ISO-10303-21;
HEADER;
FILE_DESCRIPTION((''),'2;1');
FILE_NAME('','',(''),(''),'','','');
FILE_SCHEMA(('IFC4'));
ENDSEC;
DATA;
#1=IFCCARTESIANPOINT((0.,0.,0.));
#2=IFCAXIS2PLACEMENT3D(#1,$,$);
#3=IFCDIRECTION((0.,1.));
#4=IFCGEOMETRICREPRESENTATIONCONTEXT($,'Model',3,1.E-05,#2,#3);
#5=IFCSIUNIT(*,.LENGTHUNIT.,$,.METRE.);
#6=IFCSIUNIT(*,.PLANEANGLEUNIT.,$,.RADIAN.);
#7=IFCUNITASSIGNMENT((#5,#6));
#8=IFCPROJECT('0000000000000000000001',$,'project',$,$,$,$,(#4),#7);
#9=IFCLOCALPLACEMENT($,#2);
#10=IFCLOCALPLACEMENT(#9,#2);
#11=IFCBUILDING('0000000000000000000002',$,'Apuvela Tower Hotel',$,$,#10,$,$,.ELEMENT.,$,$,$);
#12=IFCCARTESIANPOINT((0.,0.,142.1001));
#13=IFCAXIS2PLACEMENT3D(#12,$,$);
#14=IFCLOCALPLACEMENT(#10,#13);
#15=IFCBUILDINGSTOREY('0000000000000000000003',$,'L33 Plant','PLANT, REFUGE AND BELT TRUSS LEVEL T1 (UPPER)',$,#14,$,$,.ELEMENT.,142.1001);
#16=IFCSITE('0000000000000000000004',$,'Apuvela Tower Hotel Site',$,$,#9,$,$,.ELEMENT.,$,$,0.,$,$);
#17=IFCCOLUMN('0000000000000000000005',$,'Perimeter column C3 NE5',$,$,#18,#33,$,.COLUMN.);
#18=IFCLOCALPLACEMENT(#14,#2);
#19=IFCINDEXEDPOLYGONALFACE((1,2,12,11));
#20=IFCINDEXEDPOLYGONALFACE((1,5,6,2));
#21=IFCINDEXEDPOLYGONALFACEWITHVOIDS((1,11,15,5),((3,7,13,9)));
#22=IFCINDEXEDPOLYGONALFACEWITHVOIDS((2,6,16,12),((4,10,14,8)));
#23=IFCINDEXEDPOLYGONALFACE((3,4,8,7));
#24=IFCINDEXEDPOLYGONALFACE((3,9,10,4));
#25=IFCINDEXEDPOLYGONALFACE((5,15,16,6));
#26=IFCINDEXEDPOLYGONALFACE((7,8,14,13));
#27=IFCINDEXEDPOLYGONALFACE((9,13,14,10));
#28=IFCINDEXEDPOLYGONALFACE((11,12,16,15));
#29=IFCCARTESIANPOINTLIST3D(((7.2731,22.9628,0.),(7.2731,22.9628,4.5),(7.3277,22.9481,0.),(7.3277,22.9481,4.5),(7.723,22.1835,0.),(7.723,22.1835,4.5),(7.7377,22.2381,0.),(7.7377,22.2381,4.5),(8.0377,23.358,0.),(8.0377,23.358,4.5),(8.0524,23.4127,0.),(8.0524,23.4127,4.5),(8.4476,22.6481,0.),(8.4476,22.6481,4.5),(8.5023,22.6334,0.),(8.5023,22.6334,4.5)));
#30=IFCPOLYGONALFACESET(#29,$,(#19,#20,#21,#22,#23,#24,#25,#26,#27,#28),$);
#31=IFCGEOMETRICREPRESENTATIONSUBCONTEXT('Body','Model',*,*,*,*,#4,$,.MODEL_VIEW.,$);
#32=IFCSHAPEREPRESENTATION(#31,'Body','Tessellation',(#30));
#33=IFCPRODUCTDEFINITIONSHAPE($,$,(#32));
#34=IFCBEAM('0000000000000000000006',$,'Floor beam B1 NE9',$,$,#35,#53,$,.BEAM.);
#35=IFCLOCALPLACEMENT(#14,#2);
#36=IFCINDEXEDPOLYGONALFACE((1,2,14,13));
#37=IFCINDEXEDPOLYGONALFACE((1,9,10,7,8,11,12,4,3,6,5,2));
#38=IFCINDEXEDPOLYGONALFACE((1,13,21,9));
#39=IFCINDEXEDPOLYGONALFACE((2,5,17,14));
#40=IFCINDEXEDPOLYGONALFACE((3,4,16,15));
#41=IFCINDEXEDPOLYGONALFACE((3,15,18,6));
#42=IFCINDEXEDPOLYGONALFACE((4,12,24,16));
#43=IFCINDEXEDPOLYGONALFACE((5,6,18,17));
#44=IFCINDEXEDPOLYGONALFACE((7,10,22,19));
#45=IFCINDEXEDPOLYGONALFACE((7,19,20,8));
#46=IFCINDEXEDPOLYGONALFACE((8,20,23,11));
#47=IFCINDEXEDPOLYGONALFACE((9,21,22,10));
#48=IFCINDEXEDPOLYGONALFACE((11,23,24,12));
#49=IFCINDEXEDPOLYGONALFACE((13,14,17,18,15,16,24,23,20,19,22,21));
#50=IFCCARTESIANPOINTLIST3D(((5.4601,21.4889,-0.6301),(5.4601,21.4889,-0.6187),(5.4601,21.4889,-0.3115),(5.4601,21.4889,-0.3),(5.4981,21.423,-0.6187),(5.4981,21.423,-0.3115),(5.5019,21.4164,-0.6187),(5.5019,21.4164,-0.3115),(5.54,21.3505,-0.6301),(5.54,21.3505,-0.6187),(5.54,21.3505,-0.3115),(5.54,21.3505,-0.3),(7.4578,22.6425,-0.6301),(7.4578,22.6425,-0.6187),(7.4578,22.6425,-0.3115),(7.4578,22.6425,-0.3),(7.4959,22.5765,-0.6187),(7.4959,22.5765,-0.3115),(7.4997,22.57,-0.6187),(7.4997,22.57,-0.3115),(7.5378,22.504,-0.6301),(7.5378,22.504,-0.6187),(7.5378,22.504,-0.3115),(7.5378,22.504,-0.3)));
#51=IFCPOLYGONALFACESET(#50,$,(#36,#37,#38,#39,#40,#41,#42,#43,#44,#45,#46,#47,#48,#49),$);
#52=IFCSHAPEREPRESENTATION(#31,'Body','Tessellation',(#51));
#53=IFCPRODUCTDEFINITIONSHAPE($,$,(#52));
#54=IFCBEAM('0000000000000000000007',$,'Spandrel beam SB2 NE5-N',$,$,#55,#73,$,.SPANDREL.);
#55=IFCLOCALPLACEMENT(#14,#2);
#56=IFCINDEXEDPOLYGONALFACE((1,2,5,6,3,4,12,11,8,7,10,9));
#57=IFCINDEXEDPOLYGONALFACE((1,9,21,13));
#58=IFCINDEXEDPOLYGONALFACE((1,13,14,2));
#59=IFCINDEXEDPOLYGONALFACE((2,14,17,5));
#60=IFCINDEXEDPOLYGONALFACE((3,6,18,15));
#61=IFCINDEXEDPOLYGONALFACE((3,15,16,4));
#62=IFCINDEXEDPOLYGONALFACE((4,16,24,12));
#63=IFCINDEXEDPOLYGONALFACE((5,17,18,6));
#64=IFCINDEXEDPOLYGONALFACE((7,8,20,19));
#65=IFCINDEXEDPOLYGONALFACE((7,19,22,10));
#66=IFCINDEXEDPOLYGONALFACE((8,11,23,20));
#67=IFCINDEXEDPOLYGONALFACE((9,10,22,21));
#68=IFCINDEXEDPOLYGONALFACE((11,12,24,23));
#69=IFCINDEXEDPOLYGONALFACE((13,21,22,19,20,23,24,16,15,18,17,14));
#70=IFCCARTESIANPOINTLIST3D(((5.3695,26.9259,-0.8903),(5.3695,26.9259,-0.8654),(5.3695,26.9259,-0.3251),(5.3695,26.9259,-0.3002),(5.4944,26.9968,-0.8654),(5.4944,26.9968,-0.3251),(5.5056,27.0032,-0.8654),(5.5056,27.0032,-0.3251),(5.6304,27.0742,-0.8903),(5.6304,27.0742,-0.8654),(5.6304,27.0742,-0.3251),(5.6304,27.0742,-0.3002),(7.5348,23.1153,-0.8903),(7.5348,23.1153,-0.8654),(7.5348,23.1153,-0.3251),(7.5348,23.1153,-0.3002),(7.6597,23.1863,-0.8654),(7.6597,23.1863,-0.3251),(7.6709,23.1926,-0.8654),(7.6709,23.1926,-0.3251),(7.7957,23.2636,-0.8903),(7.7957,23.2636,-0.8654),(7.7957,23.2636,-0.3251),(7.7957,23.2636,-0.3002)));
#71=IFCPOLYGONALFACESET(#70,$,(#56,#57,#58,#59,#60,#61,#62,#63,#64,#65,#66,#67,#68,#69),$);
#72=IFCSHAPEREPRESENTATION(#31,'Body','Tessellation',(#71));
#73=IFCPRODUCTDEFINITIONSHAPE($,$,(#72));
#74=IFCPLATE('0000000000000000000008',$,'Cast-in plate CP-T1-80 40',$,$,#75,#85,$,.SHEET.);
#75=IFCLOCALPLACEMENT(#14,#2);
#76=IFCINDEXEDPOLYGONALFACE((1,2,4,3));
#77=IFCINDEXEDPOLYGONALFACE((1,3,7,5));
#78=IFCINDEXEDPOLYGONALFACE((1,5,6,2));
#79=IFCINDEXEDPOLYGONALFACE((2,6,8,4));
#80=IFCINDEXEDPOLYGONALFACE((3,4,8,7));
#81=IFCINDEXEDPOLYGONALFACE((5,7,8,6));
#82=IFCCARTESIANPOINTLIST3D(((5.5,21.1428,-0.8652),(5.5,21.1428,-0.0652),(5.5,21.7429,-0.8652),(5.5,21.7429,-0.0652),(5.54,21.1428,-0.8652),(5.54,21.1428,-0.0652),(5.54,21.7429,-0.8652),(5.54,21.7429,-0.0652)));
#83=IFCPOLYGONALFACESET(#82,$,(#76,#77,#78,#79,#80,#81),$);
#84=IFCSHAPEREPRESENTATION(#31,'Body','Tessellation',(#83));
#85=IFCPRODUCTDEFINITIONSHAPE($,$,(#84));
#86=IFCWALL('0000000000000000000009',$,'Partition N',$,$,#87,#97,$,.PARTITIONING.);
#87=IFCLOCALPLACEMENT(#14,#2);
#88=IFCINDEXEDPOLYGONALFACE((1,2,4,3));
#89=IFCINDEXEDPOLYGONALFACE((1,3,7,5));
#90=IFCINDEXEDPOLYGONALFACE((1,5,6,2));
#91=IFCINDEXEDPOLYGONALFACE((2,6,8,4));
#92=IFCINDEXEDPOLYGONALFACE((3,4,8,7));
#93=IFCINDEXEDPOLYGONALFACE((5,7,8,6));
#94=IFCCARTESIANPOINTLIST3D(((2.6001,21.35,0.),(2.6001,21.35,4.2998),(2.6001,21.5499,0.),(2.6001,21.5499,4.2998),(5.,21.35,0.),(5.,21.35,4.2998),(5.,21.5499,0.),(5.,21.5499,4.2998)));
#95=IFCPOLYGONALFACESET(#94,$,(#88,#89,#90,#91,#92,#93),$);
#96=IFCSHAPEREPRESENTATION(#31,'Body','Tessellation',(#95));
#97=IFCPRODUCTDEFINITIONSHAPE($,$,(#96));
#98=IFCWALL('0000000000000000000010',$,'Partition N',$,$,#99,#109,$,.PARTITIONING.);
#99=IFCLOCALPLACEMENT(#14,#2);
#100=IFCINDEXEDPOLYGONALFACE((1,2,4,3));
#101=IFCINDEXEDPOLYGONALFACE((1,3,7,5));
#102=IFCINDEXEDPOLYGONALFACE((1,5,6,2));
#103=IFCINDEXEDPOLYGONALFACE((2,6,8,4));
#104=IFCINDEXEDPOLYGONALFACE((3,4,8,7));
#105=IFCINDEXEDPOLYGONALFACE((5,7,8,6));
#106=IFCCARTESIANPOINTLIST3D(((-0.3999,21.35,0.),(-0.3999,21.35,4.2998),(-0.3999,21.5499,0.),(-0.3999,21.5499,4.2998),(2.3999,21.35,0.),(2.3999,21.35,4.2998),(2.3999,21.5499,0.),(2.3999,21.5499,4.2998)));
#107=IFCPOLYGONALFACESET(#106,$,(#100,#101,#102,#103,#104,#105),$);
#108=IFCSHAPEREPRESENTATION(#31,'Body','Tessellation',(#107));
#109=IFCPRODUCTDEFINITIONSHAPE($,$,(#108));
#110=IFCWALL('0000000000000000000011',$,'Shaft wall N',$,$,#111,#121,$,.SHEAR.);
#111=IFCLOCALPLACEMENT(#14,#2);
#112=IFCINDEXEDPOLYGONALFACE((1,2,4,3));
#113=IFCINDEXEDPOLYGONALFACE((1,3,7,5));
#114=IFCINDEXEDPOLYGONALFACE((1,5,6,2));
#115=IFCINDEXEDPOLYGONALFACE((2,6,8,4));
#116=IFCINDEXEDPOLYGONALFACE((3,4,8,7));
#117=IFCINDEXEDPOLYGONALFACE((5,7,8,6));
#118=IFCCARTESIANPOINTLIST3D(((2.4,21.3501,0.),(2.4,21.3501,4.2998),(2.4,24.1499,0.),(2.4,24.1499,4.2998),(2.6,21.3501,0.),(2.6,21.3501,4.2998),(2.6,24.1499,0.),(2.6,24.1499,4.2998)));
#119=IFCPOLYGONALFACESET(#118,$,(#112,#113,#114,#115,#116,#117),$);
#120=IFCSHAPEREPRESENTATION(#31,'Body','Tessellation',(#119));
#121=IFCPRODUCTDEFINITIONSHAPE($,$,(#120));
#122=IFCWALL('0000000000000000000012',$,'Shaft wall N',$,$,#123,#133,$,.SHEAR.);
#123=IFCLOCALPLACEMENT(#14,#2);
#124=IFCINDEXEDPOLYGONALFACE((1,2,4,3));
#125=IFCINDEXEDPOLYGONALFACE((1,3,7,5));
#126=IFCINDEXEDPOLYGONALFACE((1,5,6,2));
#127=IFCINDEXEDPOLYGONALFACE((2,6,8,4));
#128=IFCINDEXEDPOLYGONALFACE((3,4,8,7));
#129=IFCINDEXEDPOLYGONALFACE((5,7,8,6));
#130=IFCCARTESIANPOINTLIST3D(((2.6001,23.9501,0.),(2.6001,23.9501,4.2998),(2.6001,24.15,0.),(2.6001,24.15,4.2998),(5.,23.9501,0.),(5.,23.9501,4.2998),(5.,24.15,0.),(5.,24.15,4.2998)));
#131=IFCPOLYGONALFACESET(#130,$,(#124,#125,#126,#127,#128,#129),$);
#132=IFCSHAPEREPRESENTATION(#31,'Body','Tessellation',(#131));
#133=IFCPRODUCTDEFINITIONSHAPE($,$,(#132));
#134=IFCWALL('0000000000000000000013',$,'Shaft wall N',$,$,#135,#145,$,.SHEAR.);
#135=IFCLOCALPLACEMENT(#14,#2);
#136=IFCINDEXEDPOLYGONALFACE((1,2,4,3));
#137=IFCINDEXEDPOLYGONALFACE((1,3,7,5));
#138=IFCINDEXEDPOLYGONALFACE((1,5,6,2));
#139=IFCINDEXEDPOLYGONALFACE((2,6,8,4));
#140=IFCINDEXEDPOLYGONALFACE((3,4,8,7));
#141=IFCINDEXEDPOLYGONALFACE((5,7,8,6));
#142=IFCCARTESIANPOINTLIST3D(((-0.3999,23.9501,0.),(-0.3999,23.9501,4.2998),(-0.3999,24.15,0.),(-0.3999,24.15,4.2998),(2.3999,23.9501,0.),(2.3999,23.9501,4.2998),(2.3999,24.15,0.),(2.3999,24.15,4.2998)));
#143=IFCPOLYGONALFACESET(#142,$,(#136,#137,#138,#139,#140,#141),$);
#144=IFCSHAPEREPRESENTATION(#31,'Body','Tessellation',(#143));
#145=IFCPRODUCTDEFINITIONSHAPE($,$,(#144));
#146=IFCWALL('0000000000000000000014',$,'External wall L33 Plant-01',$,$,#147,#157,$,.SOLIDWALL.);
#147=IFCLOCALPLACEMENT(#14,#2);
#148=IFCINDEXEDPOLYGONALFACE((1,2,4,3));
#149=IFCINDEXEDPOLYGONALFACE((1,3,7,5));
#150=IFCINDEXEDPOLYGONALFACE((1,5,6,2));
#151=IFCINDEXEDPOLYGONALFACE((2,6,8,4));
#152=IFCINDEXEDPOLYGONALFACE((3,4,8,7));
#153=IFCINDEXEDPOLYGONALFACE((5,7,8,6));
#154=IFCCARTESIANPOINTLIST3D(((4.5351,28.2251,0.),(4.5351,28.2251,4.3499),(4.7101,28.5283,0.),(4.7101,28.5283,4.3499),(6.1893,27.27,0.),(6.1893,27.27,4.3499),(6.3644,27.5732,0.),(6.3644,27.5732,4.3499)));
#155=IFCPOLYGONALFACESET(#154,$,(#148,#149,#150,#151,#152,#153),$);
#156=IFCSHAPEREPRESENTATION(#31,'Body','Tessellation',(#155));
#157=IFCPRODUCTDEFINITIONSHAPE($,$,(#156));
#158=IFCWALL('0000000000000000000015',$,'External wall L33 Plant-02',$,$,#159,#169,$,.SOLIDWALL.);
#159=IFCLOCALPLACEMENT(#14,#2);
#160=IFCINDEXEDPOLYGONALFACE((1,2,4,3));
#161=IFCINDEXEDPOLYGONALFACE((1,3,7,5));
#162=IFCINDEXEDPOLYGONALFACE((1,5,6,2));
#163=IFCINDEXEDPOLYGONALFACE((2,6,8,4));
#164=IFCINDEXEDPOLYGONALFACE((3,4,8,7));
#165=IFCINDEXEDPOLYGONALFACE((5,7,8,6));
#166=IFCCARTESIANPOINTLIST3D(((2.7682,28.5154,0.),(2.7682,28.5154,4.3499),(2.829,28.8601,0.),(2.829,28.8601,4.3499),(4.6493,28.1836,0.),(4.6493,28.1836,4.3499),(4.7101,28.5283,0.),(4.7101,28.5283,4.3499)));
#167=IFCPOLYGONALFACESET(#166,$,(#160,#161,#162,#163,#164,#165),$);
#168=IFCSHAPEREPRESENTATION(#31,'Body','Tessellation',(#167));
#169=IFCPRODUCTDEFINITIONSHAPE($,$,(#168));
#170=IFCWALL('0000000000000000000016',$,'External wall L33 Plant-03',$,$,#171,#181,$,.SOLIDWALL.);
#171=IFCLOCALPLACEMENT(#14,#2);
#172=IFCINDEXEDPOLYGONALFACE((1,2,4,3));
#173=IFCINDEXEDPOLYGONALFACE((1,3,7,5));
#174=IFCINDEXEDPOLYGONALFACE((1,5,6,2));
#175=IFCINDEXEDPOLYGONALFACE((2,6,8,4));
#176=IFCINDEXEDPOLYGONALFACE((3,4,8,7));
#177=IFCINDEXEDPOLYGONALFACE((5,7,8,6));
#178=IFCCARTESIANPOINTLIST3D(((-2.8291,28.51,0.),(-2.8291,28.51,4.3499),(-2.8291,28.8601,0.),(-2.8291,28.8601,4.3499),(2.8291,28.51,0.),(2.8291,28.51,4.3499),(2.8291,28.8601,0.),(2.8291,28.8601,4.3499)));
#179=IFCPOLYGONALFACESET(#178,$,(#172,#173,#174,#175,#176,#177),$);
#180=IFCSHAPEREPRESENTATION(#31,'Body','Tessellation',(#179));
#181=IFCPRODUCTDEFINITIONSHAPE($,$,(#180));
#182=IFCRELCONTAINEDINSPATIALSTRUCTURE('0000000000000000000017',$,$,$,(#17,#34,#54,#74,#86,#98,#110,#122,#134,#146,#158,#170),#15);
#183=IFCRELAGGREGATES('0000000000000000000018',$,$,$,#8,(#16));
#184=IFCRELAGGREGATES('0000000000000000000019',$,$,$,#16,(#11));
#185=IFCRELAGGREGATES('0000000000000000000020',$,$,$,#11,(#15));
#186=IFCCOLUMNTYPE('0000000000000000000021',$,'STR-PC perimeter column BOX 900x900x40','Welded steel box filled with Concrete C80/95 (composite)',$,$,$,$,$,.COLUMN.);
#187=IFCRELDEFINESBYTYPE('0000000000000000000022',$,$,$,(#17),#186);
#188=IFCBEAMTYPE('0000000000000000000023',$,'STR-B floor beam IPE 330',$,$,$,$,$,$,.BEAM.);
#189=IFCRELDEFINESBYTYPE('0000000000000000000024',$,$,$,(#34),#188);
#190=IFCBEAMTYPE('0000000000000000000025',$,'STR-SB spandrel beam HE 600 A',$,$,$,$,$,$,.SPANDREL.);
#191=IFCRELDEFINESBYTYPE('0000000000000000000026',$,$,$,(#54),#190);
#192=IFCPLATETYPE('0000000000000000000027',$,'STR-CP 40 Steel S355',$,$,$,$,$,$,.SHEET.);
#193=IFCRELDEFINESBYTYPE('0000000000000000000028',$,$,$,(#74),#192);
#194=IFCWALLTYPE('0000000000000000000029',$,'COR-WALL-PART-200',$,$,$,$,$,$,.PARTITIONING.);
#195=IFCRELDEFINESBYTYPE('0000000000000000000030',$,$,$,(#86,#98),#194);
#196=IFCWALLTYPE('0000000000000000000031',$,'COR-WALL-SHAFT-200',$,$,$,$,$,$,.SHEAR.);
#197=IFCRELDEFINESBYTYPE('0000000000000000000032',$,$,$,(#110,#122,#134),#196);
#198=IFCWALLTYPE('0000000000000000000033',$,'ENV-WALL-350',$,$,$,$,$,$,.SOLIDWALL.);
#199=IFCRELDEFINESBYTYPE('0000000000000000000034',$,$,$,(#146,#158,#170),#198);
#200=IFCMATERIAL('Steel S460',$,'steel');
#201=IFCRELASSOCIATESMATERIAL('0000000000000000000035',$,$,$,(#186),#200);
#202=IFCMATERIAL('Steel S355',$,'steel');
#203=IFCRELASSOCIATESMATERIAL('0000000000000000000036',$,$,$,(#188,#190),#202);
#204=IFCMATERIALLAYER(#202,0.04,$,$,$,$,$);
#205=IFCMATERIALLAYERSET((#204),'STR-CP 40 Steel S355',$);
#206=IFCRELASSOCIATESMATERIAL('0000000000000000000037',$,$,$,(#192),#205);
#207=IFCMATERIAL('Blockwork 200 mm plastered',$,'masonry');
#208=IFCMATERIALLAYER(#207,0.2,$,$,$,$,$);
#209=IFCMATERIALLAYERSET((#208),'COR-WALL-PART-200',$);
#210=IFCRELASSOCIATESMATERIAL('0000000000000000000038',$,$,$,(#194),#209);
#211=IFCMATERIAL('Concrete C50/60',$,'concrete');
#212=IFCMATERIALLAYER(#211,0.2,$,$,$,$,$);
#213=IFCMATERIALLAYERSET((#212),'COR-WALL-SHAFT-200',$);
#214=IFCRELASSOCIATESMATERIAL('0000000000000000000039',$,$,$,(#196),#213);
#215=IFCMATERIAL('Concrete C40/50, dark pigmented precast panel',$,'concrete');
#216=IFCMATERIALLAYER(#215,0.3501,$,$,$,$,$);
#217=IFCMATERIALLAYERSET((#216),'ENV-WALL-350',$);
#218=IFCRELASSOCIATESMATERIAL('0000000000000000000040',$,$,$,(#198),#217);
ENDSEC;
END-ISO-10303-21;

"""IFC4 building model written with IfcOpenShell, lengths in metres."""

from ifc_helpers import new_model, si_unit, direction, frame, frame_2d, origin, origin_2d, place, context, subcontext, project, spatial, rectangle, hollow_rectangle, i_section, extrude, material, layer, layer_set, material_profile, profile_set, type_object, element, save


model = new_model("IFC4")

# Units and contexts
model_context = context("Model", 3, precision=1e-05, world=origin(), true_north=direction((0.0, 1.0)))
body_context = subcontext(model_context, "Body", "Model", "MODEL_VIEW")
ifc_project = project(units=[si_unit("LENGTHUNIT", "METRE"), si_unit("PLANEANGLEUNIT", "RADIAN")], contexts=[model_context])

# Site, building, storey
site_placement = place(None, origin())
site = spatial("IfcSite", under=ifc_project, at=site_placement, Name="Apuvela Tower Hotel Site", CompositionType="ELEMENT", RefElevation=0.0)
building_placement = place(site_placement, origin())
building = spatial("IfcBuilding", under=site, at=building_placement, Name="Apuvela Tower Hotel", CompositionType="ELEMENT")
storey_placement = place(building_placement, frame((0.0, 0.0, 142.1001)))
storey = spatial("IfcBuildingStorey", under=building, at=storey_placement, Name="L33 Plant", Description="PLANT, REFUGE AND BELT TRUSS LEVEL T1 (UPPER)", CompositionType="ELEMENT", Elevation=142.1001)

# Column
ifc_material_1 = material(Name="Steel S460", Category="steel")
ifc_material_profile_1 = material_profile(ifc_material_1, hollow_rectangle(XDim=0.8999, YDim=0.8999, WallThickness=0.04, at=origin_2d()), Name="BOX 900x900x40")
ifc_material_2 = material(Name="Concrete C80/95", Category="concrete")
ifc_material_profile_2 = material_profile(ifc_material_2, rectangle(XDim=0.8201, YDim=0.8201, at=origin_2d()), Name="Concrete C80/95 infill")
ifc_profile_set_1 = profile_set([ifc_material_profile_1, ifc_material_profile_2], Name="Steel S460")
column_type = type_object("IfcColumnType", Name="STR-PC perimeter column BOX 900x900x40", Description="Welded steel box filled with Concrete C80/95 (composite)", PredefinedType="COLUMN", material=ifc_profile_set_1)
column_placement = place(storey_placement, frame((7.8877, 22.7981, 0.0), z_axis=(0.0, 0.0, 1.0), x_axis=(-0.5, 0.866025, 0.0)))
element("IfcColumn", 1, at=column_placement, inside=storey, type_object=column_type, Name="Perimeter column C3 NE5", PredefinedType="COLUMN", context=body_context, shape_type="SweptSolid", body=[
    extrude(hollow_rectangle(XDim=0.8999, YDim=0.8999, WallThickness=0.04, at=origin_2d()), origin(), (0.0, 0.0, 1.0), 4.5),
])

# Beams
ifc_material_3 = material(Name="Steel S355", Category="steel")
ifc_material_profile_3 = material_profile(ifc_material_3, i_section(OverallWidth=0.1599, OverallDepth=0.3301, WebThickness=0.0076, FlangeThickness=0.0115, at=origin_2d()), Name="IPE 330")
ifc_profile_set_2 = profile_set([ifc_material_profile_3], Name="Steel S355")
beam_type_1 = type_object("IfcBeamType", Name="STR-B floor beam IPE 330", PredefinedType="BEAM", material=ifc_profile_set_2)
beam_1_placement = place(storey_placement, frame((7.4978, 22.5732, -0.4651), z_axis=(-0.866001, -0.500043, 0.0), x_axis=(0.500043, -0.866001, 0.0)))
element("IfcBeam", 2, at=beam_1_placement, inside=storey, type_object=beam_type_1, Name="Floor beam B1 NE9", PredefinedType="BEAM", context=body_context, shape_type="SweptSolid", body=[
    extrude(i_section(OverallWidth=0.1599, OverallDepth=0.3301, WebThickness=0.0076, FlangeThickness=0.0115, at=origin_2d()), origin(), (0.0, 0.0, 1.0), 2.3069),
])
ifc_material_profile_4 = material_profile(ifc_material_3, i_section(OverallWidth=0.3, OverallDepth=0.5901, WebThickness=0.0129, FlangeThickness=0.0249, at=origin_2d()), Name="HE 600 A")
ifc_profile_set_3 = profile_set([ifc_material_profile_4], Name="Steel S355")
beam_type_2 = type_object("IfcBeamType", Name="STR-SB spandrel beam HE 600 A", PredefinedType="SPANDREL", material=ifc_profile_set_3)
beam_2_placement = place(storey_placement, frame((7.6653, 23.1895, -0.5952), z_axis=(-0.494044, 0.869437, 0.0), x_axis=(-0.869437, -0.494044, 0.0)))
element("IfcBeam", 3, at=beam_2_placement, inside=storey, type_object=beam_type_2, Name="Spandrel beam SB2 NE5-N", PredefinedType="SPANDREL", context=body_context, shape_type="SweptSolid", body=[
    extrude(i_section(OverallWidth=0.3, OverallDepth=0.5901, WebThickness=0.0129, FlangeThickness=0.0249, at=origin_2d()), origin(), (0.0, 0.0, 1.0), 4.3828),
])

# Plate
ifc_layer_1 = layer(ifc_material_3, 0.04)
ifc_layer_set_1 = layer_set([ifc_layer_1], Name="STR-CP 40 Steel S355")
plate_type = type_object("IfcPlateType", Name="STR-CP 40 Steel S355", PredefinedType="SHEET", material=ifc_layer_set_1)
plate_placement = place(storey_placement, frame((5.52, 21.4429, -0.8652), z_axis=(0.0, 0.0, 1.0), x_axis=(-1.0, 0.0, 0.0)))
element("IfcPlate", 4, at=plate_placement, inside=storey, type_object=plate_type, Name="Cast-in plate CP-T1-80 40", PredefinedType="SHEET", context=body_context, shape_type="SweptSolid", body=[
    extrude(rectangle(XDim=0.04, YDim=0.6001, at=origin_2d()), origin(), (0.0, 0.0, 1.0), 0.8),
])

# Walls
ifc_material_4 = material(Name="Blockwork 200 mm plastered", Category="masonry")
ifc_layer_2 = layer(ifc_material_4, 0.2)
ifc_layer_set_2 = layer_set([ifc_layer_2], Name="COR-WALL-PART-200")
wall_type_1 = type_object("IfcWallType", Name="COR-WALL-PART-200", PredefinedType="PARTITIONING", material=ifc_layer_set_2)
wall_1_placement = place(storey_placement, frame((5.0, 21.45, 0.0), z_axis=(0.0, 0.0, 1.0), x_axis=(-1.0, 0.0, 0.0)))
element("IfcWall", 5, at=wall_1_placement, inside=storey, type_object=wall_type_1, Name="Partition N", PredefinedType="PARTITIONING", context=body_context, shape_type="SweptSolid", body=[
    extrude(rectangle(XDim=2.3999, YDim=0.2, at=frame_2d((1.2, 0.0))), origin(), (0.0, 0.0, 1.0), 4.2998),
])
wall_2_placement = place(storey_placement, frame((2.3999, 21.45, 0.0), z_axis=(0.0, 0.0, 1.0), x_axis=(-1.0, 0.0, 0.0)))
element("IfcWall", 6, at=wall_2_placement, inside=storey, type_object=wall_type_1, Name="Partition N", PredefinedType="PARTITIONING", context=body_context, shape_type="SweptSolid", body=[
    extrude(rectangle(XDim=2.7998, YDim=0.2, at=frame_2d((1.3999, 0.0))), origin(), (0.0, 0.0, 1.0), 4.2998),
])
ifc_material_5 = material(Name="Concrete C50/60", Category="concrete")
ifc_layer_3 = layer(ifc_material_5, 0.2)
ifc_layer_set_3 = layer_set([ifc_layer_3], Name="COR-WALL-SHAFT-200")
wall_type_2 = type_object("IfcWallType", Name="COR-WALL-SHAFT-200", PredefinedType="SHEAR", material=ifc_layer_set_3)
wall_3_placement = place(storey_placement, frame((2.5, 21.3501, 0.0), z_axis=(0.0, 0.0, 1.0), x_axis=(0.0, 1.0, 0.0)))
element("IfcWall", 7, at=wall_3_placement, inside=storey, type_object=wall_type_2, Name="Shaft wall N", PredefinedType="SHEAR", context=body_context, shape_type="SweptSolid", body=[
    extrude(rectangle(XDim=2.7998, YDim=0.2, at=frame_2d((1.3999, 0.0))), origin(), (0.0, 0.0, 1.0), 4.2998),
])
wall_4_placement = place(storey_placement, frame((5.0, 24.05, 0.0), z_axis=(0.0, 0.0, 1.0), x_axis=(-1.0, 0.0, 0.0)))
element("IfcWall", 8, at=wall_4_placement, inside=storey, type_object=wall_type_2, Name="Shaft wall N", PredefinedType="SHEAR", context=body_context, shape_type="SweptSolid", body=[
    extrude(rectangle(XDim=2.3999, YDim=0.2, at=frame_2d((1.2, 0.0))), origin(), (0.0, 0.0, 1.0), 4.2998),
])
wall_5_placement = place(storey_placement, frame((2.3999, 24.05, 0.0), z_axis=(0.0, 0.0, 1.0), x_axis=(-1.0, 0.0, 0.0)))
element("IfcWall", 9, at=wall_5_placement, inside=storey, type_object=wall_type_2, Name="Shaft wall N", PredefinedType="SHEAR", context=body_context, shape_type="SweptSolid", body=[
    extrude(rectangle(XDim=2.7998, YDim=0.2, at=frame_2d((1.3999, 0.0))), origin(), (0.0, 0.0, 1.0), 4.2998),
])
ifc_material_6 = material(Name="Concrete C40/50, dark pigmented precast panel", Category="concrete")
ifc_layer_4 = layer(ifc_material_6, 0.3501)
ifc_layer_set_4 = layer_set([ifc_layer_4], Name="ENV-WALL-350")
wall_type_3 = type_object("IfcWallType", Name="ENV-WALL-350", PredefinedType="SOLIDWALL", material=ifc_layer_set_4)
for number, where, z_axis, x_axis, name in (
    (10, (6.2769, 27.4216, 0.0), (0.0, 0.0, 1.0), (-0.866032, 0.499988, 0.0), "External wall L33 Plant-01"),
    (11, (4.6797, 28.356, 0.0), (0.0, 0.0, 1.0), (-0.984799, 0.173698, 0.0), "External wall L33 Plant-02"),
):
    element("IfcWall", number, at=place(storey_placement, frame(where, z_axis=z_axis, x_axis=x_axis)), inside=storey, type_object=wall_type_3, Name=name, PredefinedType="SOLIDWALL", context=body_context, shape_type="SweptSolid", body=[
        extrude(rectangle(XDim=1.9102, YDim=0.3501, at=frame_2d((0.9551, 0.0))), origin(), (0.0, 0.0, 1.0), 4.3499),
    ])
wall_6_placement = place(storey_placement, frame((2.8291, 28.6851, 0.0), z_axis=(0.0, 0.0, 1.0), x_axis=(-1.0, 0.0, 0.0)))
element("IfcWall", 12, at=wall_6_placement, inside=storey, type_object=wall_type_3, Name="External wall L33 Plant-03", PredefinedType="SOLIDWALL", context=body_context, shape_type="SweptSolid", body=[
    extrude(rectangle(XDim=5.6582, YDim=0.3501, at=frame_2d((2.8291, 0.0))), origin(), (0.0, 0.0, 1.0), 4.3499),
])

save(model, "model.ifc")
